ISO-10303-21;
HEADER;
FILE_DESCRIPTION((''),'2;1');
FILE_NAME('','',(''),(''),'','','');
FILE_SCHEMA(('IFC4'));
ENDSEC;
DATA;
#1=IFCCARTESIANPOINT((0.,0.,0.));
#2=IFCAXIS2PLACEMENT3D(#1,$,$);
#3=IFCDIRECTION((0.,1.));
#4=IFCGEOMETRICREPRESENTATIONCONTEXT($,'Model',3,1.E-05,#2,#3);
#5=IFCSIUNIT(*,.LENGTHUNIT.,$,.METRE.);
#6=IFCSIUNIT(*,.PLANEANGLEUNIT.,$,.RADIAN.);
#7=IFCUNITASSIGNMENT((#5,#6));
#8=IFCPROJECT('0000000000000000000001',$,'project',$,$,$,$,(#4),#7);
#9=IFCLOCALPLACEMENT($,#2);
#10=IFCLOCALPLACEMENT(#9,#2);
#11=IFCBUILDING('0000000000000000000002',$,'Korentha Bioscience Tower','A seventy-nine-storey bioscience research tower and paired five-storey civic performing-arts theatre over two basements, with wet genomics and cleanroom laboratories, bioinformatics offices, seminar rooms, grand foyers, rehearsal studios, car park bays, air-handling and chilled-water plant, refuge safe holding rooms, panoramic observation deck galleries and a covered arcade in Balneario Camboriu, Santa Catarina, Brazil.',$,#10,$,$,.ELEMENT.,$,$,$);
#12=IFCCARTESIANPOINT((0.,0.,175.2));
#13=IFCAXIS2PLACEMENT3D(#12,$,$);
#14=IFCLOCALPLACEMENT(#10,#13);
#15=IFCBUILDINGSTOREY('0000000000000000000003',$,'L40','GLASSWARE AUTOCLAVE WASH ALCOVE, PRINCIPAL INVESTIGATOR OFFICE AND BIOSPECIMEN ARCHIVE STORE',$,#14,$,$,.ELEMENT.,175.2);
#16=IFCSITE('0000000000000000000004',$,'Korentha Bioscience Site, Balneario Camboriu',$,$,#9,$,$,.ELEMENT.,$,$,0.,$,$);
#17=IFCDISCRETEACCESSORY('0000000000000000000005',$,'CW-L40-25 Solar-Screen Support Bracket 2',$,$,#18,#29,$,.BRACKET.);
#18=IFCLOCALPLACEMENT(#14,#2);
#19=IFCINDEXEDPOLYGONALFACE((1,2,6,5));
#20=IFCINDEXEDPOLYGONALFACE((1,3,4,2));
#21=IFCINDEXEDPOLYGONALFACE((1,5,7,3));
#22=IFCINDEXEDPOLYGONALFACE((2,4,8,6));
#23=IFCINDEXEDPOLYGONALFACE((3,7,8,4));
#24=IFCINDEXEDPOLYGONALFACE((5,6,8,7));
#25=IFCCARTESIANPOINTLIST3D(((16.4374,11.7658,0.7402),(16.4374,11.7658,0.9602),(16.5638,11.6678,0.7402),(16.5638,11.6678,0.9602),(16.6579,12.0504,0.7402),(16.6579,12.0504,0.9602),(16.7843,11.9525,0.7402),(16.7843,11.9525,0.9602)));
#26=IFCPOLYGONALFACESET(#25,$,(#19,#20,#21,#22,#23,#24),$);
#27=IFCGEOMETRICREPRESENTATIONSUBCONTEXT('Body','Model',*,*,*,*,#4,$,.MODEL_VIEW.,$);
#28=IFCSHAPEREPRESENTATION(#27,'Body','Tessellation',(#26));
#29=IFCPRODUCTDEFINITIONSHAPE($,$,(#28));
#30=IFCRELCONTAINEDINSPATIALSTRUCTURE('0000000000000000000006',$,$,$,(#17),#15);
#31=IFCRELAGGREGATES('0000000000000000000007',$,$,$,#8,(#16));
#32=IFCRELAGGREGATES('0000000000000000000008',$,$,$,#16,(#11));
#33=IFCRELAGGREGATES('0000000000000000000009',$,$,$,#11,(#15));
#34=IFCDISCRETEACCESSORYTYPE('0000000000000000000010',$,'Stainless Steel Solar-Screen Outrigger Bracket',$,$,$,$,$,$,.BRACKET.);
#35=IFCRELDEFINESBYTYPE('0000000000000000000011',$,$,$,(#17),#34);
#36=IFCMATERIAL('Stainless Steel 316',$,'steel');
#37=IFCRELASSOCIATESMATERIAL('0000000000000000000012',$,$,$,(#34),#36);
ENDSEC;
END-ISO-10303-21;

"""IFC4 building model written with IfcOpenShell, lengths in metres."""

from ifc_helpers import new_model, si_unit, direction, frame, origin, origin_2d, place, context, subcontext, project, spatial, rectangle, extrude, material, type_object, element, save


model = new_model("IFC4")

# Units and contexts
model_context = context("Model", 3, precision=1e-05, world=origin(), true_north=direction((0.0, 1.0)))
body_context = subcontext(model_context, "Body", "Model", "MODEL_VIEW")
ifc_project = project(units=[si_unit("LENGTHUNIT", "METRE"), si_unit("PLANEANGLEUNIT", "RADIAN")], contexts=[model_context])

# Site, building, storey
site_placement = place(None, origin())
site = spatial("IfcSite", under=ifc_project, at=site_placement, Name="Korentha Bioscience Site, Balneario Camboriu", CompositionType="ELEMENT", RefElevation=0.0)
building_placement = place(site_placement, origin())
building = spatial("IfcBuilding", under=site, at=building_placement, Name="Korentha Bioscience Tower", Description="A seventy-nine-storey bioscience research tower and paired five-storey civic performing-arts theatre over two basements, with wet genomics and cleanroom laboratories, bioinformatics offices, seminar rooms, grand foyers, rehearsal studios, car park bays, air-handling and chilled-water plant, refuge safe holding rooms, panoramic observation deck galleries and a covered arcade in Balneario Camboriu, Santa Catarina, Brazil.", CompositionType="ELEMENT")
storey_placement = place(building_placement, frame((0.0, 0.0, 175.2)))
storey = spatial("IfcBuildingStorey", under=building, at=storey_placement, Name="L40", Description="GLASSWARE AUTOCLAVE WASH ALCOVE, PRINCIPAL INVESTIGATOR OFFICE AND BIOSPECIMEN ARCHIVE STORE", CompositionType="ELEMENT", Elevation=175.2)

# Discrete accessory
ifc_material_1 = material(Name="Stainless Steel 316", Category="steel")
discrete_accessory_type = type_object("IfcDiscreteAccessoryType", Name="Stainless Steel Solar-Screen Outrigger Bracket", PredefinedType="BRACKET", material=ifc_material_1)
discrete_accessory_placement = place(storey_placement, frame((16.6108, 11.8591, 0.7402), z_axis=(0.0, 0.0, 1.0), x_axis=(0.790547, -0.612402, 0.0)))
element("IfcDiscreteAccessory", 1, at=discrete_accessory_placement, inside=storey, type_object=discrete_accessory_type, Name="CW-L40-25 Solar-Screen Support Bracket 2", PredefinedType="BRACKET", context=body_context, shape_type="SweptSolid", body=[
    extrude(rectangle(XDim=0.1599, YDim=0.3601, at=origin_2d()), origin(), (0.0, 0.0, 1.0), 0.22),
])

save(model, "model.ifc")
